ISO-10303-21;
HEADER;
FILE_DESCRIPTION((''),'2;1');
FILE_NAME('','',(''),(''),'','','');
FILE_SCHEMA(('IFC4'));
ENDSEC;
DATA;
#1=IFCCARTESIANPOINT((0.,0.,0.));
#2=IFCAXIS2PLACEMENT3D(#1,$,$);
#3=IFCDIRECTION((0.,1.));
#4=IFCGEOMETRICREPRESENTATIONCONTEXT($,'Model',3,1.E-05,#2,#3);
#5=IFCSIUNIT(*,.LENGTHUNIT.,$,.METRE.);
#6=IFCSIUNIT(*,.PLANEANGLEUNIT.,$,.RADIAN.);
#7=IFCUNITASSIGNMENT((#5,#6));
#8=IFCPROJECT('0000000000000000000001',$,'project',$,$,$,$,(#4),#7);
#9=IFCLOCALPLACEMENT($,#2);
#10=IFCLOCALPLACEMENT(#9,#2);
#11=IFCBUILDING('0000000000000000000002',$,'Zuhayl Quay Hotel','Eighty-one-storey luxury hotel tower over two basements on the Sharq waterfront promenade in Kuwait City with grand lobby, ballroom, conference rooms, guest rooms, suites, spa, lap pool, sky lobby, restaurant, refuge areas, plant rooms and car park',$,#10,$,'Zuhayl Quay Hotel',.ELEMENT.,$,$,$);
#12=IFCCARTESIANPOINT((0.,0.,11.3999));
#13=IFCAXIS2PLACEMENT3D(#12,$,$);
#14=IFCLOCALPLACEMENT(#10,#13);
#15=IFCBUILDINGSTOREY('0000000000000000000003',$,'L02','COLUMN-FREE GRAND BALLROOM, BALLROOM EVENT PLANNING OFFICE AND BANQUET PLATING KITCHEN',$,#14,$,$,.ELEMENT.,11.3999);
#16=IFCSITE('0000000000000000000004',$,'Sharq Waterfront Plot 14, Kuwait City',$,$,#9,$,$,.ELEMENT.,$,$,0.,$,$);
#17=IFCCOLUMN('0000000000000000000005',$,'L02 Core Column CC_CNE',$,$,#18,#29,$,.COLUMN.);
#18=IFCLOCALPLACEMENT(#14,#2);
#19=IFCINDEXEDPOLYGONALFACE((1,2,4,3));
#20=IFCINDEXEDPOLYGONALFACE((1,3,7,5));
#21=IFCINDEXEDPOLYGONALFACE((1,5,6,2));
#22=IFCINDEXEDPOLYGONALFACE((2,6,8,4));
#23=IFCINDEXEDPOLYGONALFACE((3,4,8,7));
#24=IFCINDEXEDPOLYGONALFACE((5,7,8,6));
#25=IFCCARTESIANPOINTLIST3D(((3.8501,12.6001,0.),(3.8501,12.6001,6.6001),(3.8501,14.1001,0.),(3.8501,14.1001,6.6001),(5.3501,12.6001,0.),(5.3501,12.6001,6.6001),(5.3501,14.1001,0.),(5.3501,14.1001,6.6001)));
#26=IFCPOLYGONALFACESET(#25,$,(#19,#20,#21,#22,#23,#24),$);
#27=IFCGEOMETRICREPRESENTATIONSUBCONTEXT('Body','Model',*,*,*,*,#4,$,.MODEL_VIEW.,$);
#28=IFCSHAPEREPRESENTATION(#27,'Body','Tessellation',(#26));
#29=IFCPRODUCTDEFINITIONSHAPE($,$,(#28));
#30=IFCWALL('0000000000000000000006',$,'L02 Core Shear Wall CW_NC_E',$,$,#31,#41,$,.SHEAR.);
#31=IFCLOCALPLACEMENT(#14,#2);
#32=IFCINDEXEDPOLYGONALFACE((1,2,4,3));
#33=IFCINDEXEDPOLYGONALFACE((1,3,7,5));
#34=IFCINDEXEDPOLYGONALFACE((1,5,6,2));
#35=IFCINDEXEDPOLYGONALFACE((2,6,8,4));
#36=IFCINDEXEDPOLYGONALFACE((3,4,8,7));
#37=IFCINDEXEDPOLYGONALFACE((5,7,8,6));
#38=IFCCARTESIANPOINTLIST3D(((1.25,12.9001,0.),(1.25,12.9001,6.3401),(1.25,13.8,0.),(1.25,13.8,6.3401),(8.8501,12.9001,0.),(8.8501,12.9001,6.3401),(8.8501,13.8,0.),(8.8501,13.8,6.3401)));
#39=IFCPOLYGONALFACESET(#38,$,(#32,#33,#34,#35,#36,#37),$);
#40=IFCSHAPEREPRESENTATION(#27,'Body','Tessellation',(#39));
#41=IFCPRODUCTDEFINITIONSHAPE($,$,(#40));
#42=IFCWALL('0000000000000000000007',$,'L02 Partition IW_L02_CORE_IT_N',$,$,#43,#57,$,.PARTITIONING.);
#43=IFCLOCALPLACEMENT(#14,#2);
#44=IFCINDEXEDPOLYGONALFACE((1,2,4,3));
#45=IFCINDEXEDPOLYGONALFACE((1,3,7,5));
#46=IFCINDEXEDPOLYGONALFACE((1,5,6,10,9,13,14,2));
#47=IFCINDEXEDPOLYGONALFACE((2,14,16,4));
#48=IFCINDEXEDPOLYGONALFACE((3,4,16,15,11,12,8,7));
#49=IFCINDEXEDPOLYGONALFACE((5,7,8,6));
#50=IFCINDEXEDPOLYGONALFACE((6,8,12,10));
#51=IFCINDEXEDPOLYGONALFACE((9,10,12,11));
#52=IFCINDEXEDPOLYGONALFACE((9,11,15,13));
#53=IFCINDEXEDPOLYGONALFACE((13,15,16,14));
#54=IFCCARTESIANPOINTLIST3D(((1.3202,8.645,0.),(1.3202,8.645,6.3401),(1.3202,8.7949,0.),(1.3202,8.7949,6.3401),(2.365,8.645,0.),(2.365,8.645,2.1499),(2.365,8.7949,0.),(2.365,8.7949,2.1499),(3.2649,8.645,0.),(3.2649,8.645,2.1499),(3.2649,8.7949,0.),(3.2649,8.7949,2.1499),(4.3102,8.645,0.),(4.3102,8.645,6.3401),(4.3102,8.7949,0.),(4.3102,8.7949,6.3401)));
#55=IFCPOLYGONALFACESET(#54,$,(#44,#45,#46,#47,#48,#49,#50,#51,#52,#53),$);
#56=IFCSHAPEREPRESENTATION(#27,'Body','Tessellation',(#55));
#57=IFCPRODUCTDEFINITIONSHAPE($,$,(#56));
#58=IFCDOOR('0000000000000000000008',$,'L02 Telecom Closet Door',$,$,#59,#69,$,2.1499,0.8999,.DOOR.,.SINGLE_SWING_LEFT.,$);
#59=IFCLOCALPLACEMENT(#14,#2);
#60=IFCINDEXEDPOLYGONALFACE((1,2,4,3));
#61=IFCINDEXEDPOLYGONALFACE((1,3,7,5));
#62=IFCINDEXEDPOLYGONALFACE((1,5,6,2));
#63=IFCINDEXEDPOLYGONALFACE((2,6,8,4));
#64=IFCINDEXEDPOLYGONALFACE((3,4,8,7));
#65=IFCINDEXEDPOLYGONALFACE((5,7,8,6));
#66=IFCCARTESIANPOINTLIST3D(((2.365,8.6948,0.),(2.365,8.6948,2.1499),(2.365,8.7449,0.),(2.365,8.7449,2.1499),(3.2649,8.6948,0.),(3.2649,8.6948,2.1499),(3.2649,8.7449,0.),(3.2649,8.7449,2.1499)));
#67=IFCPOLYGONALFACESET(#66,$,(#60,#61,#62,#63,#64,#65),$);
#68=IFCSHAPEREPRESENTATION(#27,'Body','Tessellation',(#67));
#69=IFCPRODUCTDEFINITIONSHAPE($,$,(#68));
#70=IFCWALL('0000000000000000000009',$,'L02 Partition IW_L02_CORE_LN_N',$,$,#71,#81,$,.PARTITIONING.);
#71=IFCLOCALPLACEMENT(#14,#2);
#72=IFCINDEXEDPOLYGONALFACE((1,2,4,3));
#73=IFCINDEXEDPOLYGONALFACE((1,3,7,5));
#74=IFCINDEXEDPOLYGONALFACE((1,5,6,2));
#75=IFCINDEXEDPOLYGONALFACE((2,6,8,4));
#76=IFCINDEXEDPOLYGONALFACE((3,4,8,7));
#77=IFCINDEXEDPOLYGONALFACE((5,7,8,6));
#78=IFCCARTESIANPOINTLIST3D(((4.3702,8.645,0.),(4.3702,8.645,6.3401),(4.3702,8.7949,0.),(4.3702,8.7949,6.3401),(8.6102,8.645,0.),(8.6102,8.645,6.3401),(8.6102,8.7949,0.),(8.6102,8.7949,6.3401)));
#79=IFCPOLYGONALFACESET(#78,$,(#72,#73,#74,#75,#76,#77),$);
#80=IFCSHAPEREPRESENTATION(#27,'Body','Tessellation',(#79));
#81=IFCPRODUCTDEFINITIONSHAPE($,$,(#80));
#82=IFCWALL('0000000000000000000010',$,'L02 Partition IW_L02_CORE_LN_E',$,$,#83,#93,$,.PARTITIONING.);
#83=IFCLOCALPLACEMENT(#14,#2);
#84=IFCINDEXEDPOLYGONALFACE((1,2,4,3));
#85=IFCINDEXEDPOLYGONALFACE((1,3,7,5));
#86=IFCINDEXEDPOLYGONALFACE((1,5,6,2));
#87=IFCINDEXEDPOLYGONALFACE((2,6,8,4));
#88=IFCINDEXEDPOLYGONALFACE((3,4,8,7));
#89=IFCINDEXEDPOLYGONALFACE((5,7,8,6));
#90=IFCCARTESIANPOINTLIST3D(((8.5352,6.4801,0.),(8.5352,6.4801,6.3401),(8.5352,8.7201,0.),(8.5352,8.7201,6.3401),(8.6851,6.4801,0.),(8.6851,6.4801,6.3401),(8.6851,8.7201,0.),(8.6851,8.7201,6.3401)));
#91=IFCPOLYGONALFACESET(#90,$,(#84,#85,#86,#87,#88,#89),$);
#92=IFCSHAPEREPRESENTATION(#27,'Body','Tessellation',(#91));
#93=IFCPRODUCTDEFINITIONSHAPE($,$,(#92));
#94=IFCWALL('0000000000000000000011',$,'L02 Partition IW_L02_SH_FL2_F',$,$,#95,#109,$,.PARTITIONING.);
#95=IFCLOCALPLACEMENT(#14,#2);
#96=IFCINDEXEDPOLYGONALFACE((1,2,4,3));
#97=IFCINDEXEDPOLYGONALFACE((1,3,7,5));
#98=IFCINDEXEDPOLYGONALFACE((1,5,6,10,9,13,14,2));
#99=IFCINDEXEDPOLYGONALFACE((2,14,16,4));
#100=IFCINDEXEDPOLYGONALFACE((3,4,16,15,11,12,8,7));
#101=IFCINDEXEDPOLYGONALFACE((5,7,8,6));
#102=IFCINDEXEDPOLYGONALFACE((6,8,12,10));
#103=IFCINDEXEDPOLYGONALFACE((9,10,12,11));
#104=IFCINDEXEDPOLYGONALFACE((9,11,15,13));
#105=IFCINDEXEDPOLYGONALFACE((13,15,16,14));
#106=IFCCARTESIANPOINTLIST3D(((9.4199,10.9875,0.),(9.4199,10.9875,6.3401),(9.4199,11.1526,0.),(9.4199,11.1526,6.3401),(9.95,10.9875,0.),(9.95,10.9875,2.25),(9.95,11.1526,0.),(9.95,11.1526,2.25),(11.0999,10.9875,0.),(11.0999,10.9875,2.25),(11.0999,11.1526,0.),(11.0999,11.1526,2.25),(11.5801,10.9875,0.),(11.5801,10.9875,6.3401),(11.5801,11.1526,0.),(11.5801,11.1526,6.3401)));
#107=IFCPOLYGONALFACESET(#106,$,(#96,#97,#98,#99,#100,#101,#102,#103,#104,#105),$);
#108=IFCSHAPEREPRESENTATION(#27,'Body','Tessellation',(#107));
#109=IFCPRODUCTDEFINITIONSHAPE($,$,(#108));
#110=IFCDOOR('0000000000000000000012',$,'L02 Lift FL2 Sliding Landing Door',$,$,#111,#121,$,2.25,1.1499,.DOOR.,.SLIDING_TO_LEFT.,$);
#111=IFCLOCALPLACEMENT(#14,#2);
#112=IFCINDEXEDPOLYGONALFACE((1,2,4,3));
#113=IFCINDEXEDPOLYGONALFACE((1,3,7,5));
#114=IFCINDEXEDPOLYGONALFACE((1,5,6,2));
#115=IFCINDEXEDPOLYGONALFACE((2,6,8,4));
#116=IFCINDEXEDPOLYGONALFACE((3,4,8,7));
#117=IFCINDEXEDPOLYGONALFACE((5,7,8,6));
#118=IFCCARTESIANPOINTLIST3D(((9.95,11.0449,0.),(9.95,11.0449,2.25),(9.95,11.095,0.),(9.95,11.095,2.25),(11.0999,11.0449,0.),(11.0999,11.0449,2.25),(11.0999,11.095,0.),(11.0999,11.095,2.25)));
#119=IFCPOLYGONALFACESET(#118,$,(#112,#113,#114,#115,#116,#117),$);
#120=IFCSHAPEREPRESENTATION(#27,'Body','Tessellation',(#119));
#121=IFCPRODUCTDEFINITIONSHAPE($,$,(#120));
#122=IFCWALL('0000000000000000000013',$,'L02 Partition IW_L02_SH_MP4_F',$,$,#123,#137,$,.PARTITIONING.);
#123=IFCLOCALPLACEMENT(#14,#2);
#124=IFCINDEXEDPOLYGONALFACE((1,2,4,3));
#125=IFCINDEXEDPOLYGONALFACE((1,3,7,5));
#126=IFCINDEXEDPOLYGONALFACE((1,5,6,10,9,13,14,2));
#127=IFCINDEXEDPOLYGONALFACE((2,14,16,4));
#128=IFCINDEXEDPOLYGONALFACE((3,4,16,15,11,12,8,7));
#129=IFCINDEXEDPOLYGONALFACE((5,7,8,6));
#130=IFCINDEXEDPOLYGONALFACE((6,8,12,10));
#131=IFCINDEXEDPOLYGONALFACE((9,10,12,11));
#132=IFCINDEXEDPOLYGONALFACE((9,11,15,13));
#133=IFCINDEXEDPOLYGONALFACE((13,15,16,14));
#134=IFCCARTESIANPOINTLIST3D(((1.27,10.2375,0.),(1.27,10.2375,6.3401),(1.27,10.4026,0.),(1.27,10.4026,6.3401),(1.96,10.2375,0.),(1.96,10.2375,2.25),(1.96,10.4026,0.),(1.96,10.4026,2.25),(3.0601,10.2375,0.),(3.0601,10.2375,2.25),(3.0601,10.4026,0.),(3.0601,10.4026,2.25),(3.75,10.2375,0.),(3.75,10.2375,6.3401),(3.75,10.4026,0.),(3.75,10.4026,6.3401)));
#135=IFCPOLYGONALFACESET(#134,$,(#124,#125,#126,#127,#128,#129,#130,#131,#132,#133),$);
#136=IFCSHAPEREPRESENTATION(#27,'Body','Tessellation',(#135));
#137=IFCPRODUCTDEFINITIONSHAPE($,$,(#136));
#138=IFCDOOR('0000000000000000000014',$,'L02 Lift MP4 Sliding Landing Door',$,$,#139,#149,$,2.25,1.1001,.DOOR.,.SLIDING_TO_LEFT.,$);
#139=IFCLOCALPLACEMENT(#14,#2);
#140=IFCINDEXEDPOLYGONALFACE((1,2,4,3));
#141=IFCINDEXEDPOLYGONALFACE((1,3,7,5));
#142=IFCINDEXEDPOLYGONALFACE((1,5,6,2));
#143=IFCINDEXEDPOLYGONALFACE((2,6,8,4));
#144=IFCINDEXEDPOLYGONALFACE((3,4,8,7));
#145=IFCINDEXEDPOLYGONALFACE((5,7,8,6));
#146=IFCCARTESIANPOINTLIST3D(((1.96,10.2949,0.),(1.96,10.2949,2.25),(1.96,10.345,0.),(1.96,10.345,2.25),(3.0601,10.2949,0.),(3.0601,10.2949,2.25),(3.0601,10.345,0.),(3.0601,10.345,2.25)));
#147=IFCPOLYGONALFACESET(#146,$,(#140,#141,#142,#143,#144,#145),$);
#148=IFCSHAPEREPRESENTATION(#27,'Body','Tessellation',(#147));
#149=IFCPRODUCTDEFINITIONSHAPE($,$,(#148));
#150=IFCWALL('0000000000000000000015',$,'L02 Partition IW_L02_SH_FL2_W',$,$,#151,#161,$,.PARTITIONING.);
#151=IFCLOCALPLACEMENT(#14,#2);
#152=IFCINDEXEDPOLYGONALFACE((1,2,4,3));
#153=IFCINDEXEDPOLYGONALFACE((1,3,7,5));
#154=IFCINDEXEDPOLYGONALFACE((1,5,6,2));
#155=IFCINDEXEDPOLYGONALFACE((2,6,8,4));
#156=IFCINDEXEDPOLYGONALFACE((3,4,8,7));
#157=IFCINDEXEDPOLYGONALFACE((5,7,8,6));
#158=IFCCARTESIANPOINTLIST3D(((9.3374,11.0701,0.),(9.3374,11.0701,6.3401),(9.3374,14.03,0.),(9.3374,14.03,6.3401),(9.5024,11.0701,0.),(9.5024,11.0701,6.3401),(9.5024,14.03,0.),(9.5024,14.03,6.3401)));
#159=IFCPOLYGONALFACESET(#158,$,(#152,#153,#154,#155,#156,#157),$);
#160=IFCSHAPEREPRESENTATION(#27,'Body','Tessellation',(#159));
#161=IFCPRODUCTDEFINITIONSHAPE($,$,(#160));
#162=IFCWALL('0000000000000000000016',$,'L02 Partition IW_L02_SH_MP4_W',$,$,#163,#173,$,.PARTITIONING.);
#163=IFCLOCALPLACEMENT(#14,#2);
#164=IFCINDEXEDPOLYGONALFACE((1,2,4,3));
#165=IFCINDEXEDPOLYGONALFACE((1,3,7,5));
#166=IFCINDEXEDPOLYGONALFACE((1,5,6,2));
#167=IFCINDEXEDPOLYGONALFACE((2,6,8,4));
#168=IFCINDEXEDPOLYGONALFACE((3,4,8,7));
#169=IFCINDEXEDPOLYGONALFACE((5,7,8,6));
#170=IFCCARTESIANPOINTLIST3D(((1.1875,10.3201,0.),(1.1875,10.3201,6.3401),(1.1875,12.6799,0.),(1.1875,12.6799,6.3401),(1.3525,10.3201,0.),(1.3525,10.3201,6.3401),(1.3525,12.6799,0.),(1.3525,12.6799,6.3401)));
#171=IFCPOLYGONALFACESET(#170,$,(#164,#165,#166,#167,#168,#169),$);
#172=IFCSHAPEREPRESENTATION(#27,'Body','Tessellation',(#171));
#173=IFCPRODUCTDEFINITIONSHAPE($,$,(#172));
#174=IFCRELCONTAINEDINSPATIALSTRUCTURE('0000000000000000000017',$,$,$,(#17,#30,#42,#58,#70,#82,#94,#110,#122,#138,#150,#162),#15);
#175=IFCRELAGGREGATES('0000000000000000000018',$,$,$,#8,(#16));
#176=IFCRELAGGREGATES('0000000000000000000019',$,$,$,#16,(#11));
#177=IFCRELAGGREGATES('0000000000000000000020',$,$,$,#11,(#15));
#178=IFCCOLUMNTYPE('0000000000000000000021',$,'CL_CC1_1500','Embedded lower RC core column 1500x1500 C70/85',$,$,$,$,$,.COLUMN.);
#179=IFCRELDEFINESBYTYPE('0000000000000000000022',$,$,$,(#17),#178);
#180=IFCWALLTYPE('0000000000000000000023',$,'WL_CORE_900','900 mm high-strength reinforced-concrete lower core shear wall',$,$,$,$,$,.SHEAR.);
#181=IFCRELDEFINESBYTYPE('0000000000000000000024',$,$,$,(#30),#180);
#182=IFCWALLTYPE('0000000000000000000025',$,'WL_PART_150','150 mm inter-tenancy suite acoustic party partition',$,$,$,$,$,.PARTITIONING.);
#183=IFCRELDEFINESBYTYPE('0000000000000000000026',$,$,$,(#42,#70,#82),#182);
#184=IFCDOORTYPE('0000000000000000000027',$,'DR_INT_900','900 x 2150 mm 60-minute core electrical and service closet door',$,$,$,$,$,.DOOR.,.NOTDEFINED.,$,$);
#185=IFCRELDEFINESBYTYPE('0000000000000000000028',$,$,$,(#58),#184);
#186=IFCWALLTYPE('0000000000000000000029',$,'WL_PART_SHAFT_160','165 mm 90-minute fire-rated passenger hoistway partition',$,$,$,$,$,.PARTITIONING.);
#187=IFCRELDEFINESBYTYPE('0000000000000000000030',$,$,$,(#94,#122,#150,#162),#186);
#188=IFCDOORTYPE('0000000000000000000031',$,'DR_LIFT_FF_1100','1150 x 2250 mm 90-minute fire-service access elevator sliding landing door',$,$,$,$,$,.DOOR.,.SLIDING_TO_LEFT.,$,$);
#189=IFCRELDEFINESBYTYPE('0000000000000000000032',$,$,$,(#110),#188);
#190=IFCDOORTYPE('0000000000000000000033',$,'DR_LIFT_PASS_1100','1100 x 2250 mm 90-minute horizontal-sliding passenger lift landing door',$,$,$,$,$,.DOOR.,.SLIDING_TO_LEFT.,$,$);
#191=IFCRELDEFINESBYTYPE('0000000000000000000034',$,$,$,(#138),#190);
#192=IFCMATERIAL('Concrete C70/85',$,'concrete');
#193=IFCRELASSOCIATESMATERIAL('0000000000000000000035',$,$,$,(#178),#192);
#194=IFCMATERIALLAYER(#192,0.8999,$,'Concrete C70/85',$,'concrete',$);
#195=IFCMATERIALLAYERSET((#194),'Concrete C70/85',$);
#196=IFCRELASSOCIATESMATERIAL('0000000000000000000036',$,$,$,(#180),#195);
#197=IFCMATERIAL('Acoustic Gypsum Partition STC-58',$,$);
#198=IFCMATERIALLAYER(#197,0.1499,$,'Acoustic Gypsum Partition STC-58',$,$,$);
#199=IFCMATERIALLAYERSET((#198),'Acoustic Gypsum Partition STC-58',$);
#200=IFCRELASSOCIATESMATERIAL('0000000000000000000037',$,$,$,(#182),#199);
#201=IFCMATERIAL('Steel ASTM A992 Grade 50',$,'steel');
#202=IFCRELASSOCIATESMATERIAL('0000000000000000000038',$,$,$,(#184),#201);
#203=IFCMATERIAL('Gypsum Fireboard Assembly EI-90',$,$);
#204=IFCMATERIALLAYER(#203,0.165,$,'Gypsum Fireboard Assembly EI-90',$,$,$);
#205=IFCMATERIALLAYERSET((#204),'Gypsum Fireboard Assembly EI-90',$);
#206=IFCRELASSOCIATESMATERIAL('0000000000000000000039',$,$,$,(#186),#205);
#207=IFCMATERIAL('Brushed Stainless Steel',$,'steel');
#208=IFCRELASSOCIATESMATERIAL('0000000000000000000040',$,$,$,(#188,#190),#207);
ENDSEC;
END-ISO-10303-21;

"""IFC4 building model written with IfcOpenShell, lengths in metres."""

from ifc_helpers import new_model, si_unit, direction, frame, frame_2d, origin, origin_2d, place, context, subcontext, project, spatial, rectangle, extrude, material, layer, layer_set, material_profile, profile_set, type_object, element, fill, save


model = new_model("IFC4")

# Units and contexts
model_context = context("Model", 3, precision=1e-05, world=origin(), true_north=direction((0.0, 1.0)))
body_context = subcontext(model_context, "Body", "Model", "MODEL_VIEW")
ifc_project = project(units=[si_unit("LENGTHUNIT", "METRE"), si_unit("PLANEANGLEUNIT", "RADIAN")], contexts=[model_context])

# Site, building, storey
site_placement = place(None, origin())
site = spatial("IfcSite", under=ifc_project, at=site_placement, Name="Sharq Waterfront Plot 14, Kuwait City", CompositionType="ELEMENT", RefElevation=0.0)
building_placement = place(site_placement, origin())
building = spatial("IfcBuilding", under=site, at=building_placement, Name="Zuhayl Quay Hotel", Description="Eighty-one-storey luxury hotel tower over two basements on the Sharq waterfront promenade in Kuwait City with grand lobby, ballroom, conference rooms, guest rooms, suites, spa, lap pool, sky lobby, restaurant, refuge areas, plant rooms and car park", LongName="Zuhayl Quay Hotel", CompositionType="ELEMENT")
storey_placement = place(building_placement, frame((0.0, 0.0, 11.3999)))
storey = spatial("IfcBuildingStorey", under=building, at=storey_placement, Name="L02", Description="COLUMN-FREE GRAND BALLROOM, BALLROOM EVENT PLANNING OFFICE AND BANQUET PLATING KITCHEN", CompositionType="ELEMENT", Elevation=11.3999)

# Column
ifc_material_1 = material(Name="Concrete C70/85", Category="concrete")
ifc_material_profile = material_profile(ifc_material_1, rectangle(XDim=1.5, YDim=1.5, at=origin_2d()), Name="RC1500X1500")
ifc_profile_set = profile_set([ifc_material_profile], Name="Concrete C70/85")
column_type = type_object("IfcColumnType", Name="CL_CC1_1500", Description="Embedded lower RC core column 1500x1500 C70/85", PredefinedType="COLUMN", material=ifc_profile_set)
column_placement = place(storey_placement, frame((4.6001, 13.3501, 0.0), z_axis=(0.0, 0.0, 1.0), x_axis=(1.0, 0.0, 0.0)))
element("IfcColumn", 1, at=column_placement, inside=storey, type_object=column_type, Name="L02 Core Column CC_CNE", PredefinedType="COLUMN", context=body_context, shape_type="SweptSolid", body=[
    extrude(rectangle(XDim=1.5, YDim=1.5, at=origin_2d()), origin(), (0.0, 0.0, 1.0), 6.6001),
])

# Wall
ifc_layer_1 = layer(ifc_material_1, 0.8999, Name="Concrete C70/85", Category="concrete")
ifc_layer_set_1 = layer_set([ifc_layer_1], Name="Concrete C70/85")
wall_type_1 = type_object("IfcWallType", Name="WL_CORE_900", Description="900 mm high-strength reinforced-concrete lower core shear wall", PredefinedType="SHEAR", material=ifc_layer_set_1)
wall_1_placement = place(storey_placement, frame((1.25, 13.3501, 0.0), z_axis=(0.0, 0.0, 1.0), x_axis=(1.0, 0.0, 0.0)))
element("IfcWall", 2, at=wall_1_placement, inside=storey, type_object=wall_type_1, Name="L02 Core Shear Wall CW_NC_E", PredefinedType="SHEAR", context=body_context, shape_type="SweptSolid", body=[
    extrude(rectangle(XDim=7.6001, YDim=0.8999, at=frame_2d((3.8, 0.0))), origin(), (0.0, 0.0, 1.0), 6.3401),
])

# Wall, opening, door
ifc_material_2 = material(Name="Acoustic Gypsum Partition STC-58")
ifc_layer_2 = layer(ifc_material_2, 0.1499, Name="Acoustic Gypsum Partition STC-58")
ifc_layer_set_2 = layer_set([ifc_layer_2], Name="Acoustic Gypsum Partition STC-58")
wall_type_2 = type_object("IfcWallType", Name="WL_PART_150", Description="150 mm inter-tenancy suite acoustic party partition", PredefinedType="PARTITIONING", material=ifc_layer_set_2)
wall_2_placement = place(storey_placement, frame((1.3201, 8.72, 0.0), z_axis=(0.0, 0.0, 1.0), x_axis=(1.0, 0.0, 0.0)))
wall_2 = element("IfcWall", 3, at=wall_2_placement, inside=storey, type_object=wall_type_2, Name="L02 Partition IW_L02_CORE_IT_N", PredefinedType="PARTITIONING", context=body_context, shape_type="SweptSolid", body=[
    extrude(rectangle(XDim=2.99, YDim=0.1499, at=frame_2d((1.4951, 0.0))), origin(), (0.0, 0.0, 1.0), 6.3401),
])
opening_1_placement = place(wall_2_placement, frame((1.0449, 0.0, 0.0)))
opening_1 = element("IfcOpeningElement", 4, at=opening_1_placement, cuts=wall_2, PredefinedType="OPENING", context=body_context, shape_type="SweptSolid", body=[
    extrude(rectangle(XDim=0.8999, YDim=2.1499, at=frame_2d((0.45, 1.075))), frame((0.0, 0.085, 0.0), z_axis=(0.0, -1.0, 0.0), x_axis=(1.0, 0.0, 0.0)), (0.0, 0.0, 1.0), 0.1699),
])
ifc_material_3 = material(Name="Steel ASTM A992 Grade 50", Category="steel")
door_type_1 = type_object("IfcDoorType", Name="DR_INT_900", Description="900 x 2150 mm 60-minute core electrical and service closet door", OperationType="NOTDEFINED", PredefinedType="DOOR", material=ifc_material_3)
door_1_placement = place(opening_1_placement, origin())
door_1 = element("IfcDoor", 5, at=door_1_placement, inside=storey, type_object=door_type_1, Name="L02 Telecom Closet Door", OperationType="SINGLE_SWING_LEFT", OverallHeight=2.1499, OverallWidth=0.8999, PredefinedType="DOOR", context=body_context, shape_type="SweptSolid", body=[
    extrude(rectangle(XDim=0.8999, YDim=2.1499, at=frame_2d((0.45, 1.075))), frame((0.0, 0.0249, 0.0), z_axis=(0.0, -1.0, 0.0), x_axis=(1.0, 0.0, 0.0)), (0.0, 0.0, 1.0), 0.05),
])
fill(opening_1, door_1)

# Walls
wall_3_placement = place(storey_placement, frame((4.3701, 8.72, 0.0), z_axis=(0.0, 0.0, 1.0), x_axis=(1.0, 0.0, 0.0)))
element("IfcWall", 6, at=wall_3_placement, inside=storey, type_object=wall_type_2, Name="L02 Partition IW_L02_CORE_LN_N", PredefinedType="PARTITIONING", context=body_context, shape_type="SweptSolid", body=[
    extrude(rectangle(XDim=4.24, YDim=0.1499, at=frame_2d((2.1201, 0.0))), origin(), (0.0, 0.0, 1.0), 6.3401),
])
wall_4_placement = place(storey_placement, frame((8.6101, 6.48, 0.0), z_axis=(0.0, 0.0, 1.0), x_axis=(0.0, 1.0, 0.0)))
element("IfcWall", 7, at=wall_4_placement, inside=storey, type_object=wall_type_2, Name="L02 Partition IW_L02_CORE_LN_E", PredefinedType="PARTITIONING", context=body_context, shape_type="SweptSolid", body=[
    extrude(rectangle(XDim=2.24, YDim=0.1499, at=frame_2d((1.1201, 0.0))), origin(), (0.0, 0.0, 1.0), 6.3401),
])

# Walls, openings, doors
ifc_material_4 = material(Name="Gypsum Fireboard Assembly EI-90")
ifc_layer_3 = layer(ifc_material_4, 0.165, Name="Gypsum Fireboard Assembly EI-90")
ifc_layer_set_3 = layer_set([ifc_layer_3], Name="Gypsum Fireboard Assembly EI-90")
wall_type_3 = type_object("IfcWallType", Name="WL_PART_SHAFT_160", Description="165 mm 90-minute fire-rated passenger hoistway partition", PredefinedType="PARTITIONING", material=ifc_layer_set_3)
wall_5_placement = place(storey_placement, frame((9.4199, 11.0701, 0.0), z_axis=(0.0, 0.0, 1.0), x_axis=(1.0, 0.0, 0.0)))
wall_5 = element("IfcWall", 8, at=wall_5_placement, inside=storey, type_object=wall_type_3, Name="L02 Partition IW_L02_SH_FL2_F", PredefinedType="PARTITIONING", context=body_context, shape_type="SweptSolid", body=[
    extrude(rectangle(XDim=2.1602, YDim=0.165, at=frame_2d((1.0801, 0.0))), origin(), (0.0, 0.0, 1.0), 6.3401),
])
opening_2_placement = place(wall_5_placement, frame((0.53, 0.0, 0.0)))
opening_2 = element("IfcOpeningElement", 9, at=opening_2_placement, cuts=wall_5, PredefinedType="OPENING", context=body_context, shape_type="SweptSolid", body=[
    extrude(rectangle(XDim=1.1499, YDim=2.25, at=frame_2d((0.575, 1.125))), frame((0.0, 0.0925, 0.0), z_axis=(0.0, -1.0, 0.0), x_axis=(1.0, 0.0, 0.0)), (0.0, 0.0, 1.0), 0.1851),
])
ifc_material_5 = material(Name="Brushed Stainless Steel", Category="steel")
door_type_2 = type_object("IfcDoorType", Name="DR_LIFT_FF_1100", Description="1150 x 2250 mm 90-minute fire-service access elevator sliding landing door", OperationType="SLIDING_TO_LEFT", PredefinedType="DOOR", material=ifc_material_5)
door_2_placement = place(opening_2_placement, origin())
door_2 = element("IfcDoor", 10, at=door_2_placement, inside=storey, type_object=door_type_2, Name="L02 Lift FL2 Sliding Landing Door", OperationType="SLIDING_TO_LEFT", OverallHeight=2.25, OverallWidth=1.1499, PredefinedType="DOOR", context=body_context, shape_type="SweptSolid", body=[
    extrude(rectangle(XDim=1.1499, YDim=2.25, at=frame_2d((0.575, 1.125))), frame((0.0, 0.0249, 0.0), z_axis=(0.0, -1.0, 0.0), x_axis=(1.0, 0.0, 0.0)), (0.0, 0.0, 1.0), 0.05),
])
fill(opening_2, door_2)
wall_6_placement = place(storey_placement, frame((1.27, 10.3201, 0.0), z_axis=(0.0, 0.0, 1.0), x_axis=(1.0, 0.0, 0.0)))
wall_6 = element("IfcWall", 11, at=wall_6_placement, inside=storey, type_object=wall_type_3, Name="L02 Partition IW_L02_SH_MP4_F", PredefinedType="PARTITIONING", context=body_context, shape_type="SweptSolid", body=[
    extrude(rectangle(XDim=2.48, YDim=0.165, at=frame_2d((1.24, 0.0))), origin(), (0.0, 0.0, 1.0), 6.3401),
])
opening_3_placement = place(wall_6_placement, frame((0.6899, 0.0, 0.0)))
opening_3 = element("IfcOpeningElement", 12, at=opening_3_placement, cuts=wall_6, PredefinedType="OPENING", context=body_context, shape_type="SweptSolid", body=[
    extrude(rectangle(XDim=1.1001, YDim=2.25, at=frame_2d((0.55, 1.125))), frame((0.0, 0.0925, 0.0), z_axis=(0.0, -1.0, 0.0), x_axis=(1.0, 0.0, 0.0)), (0.0, 0.0, 1.0), 0.1851),
])
door_type_3 = type_object("IfcDoorType", Name="DR_LIFT_PASS_1100", Description="1100 x 2250 mm 90-minute horizontal-sliding passenger lift landing door", OperationType="SLIDING_TO_LEFT", PredefinedType="DOOR", material=ifc_material_5)
door_3_placement = place(opening_3_placement, origin())
door_3 = element("IfcDoor", 13, at=door_3_placement, inside=storey, type_object=door_type_3, Name="L02 Lift MP4 Sliding Landing Door", OperationType="SLIDING_TO_LEFT", OverallHeight=2.25, OverallWidth=1.1001, PredefinedType="DOOR", context=body_context, shape_type="SweptSolid", body=[
    extrude(rectangle(XDim=1.1001, YDim=2.25, at=frame_2d((0.55, 1.125))), frame((0.0, 0.0249, 0.0), z_axis=(0.0, -1.0, 0.0), x_axis=(1.0, 0.0, 0.0)), (0.0, 0.0, 1.0), 0.05),
])
fill(opening_3, door_3)

# Walls
wall_7_placement = place(storey_placement, frame((9.4199, 11.0701, 0.0), z_axis=(0.0, 0.0, 1.0), x_axis=(0.0, 1.0, 0.0)))
element("IfcWall", 14, at=wall_7_placement, inside=storey, type_object=wall_type_3, Name="L02 Partition IW_L02_SH_FL2_W", PredefinedType="PARTITIONING", context=body_context, shape_type="SweptSolid", body=[
    extrude(rectangle(XDim=2.96, YDim=0.165, at=frame_2d((1.48, 0.0))), origin(), (0.0, 0.0, 1.0), 6.3401),
])
for number, where, z_axis, x_axis, name in (
    (15, (1.27, 10.3201, 0.0), (0.0, 0.0, 1.0), (0.0, 1.0, 0.0), "L02 Partition IW_L02_SH_MP4_W"),
):
    element("IfcWall", number, at=place(storey_placement, frame(where, z_axis=z_axis, x_axis=x_axis)), inside=storey, type_object=wall_type_3, Name=name, PredefinedType="PARTITIONING", context=body_context, shape_type="SweptSolid", body=[
        extrude(rectangle(XDim=2.3599, YDim=0.165, at=frame_2d((1.1799, 0.0))), origin(), (0.0, 0.0, 1.0), 6.3401),
    ])

save(model, "model.ifc")
